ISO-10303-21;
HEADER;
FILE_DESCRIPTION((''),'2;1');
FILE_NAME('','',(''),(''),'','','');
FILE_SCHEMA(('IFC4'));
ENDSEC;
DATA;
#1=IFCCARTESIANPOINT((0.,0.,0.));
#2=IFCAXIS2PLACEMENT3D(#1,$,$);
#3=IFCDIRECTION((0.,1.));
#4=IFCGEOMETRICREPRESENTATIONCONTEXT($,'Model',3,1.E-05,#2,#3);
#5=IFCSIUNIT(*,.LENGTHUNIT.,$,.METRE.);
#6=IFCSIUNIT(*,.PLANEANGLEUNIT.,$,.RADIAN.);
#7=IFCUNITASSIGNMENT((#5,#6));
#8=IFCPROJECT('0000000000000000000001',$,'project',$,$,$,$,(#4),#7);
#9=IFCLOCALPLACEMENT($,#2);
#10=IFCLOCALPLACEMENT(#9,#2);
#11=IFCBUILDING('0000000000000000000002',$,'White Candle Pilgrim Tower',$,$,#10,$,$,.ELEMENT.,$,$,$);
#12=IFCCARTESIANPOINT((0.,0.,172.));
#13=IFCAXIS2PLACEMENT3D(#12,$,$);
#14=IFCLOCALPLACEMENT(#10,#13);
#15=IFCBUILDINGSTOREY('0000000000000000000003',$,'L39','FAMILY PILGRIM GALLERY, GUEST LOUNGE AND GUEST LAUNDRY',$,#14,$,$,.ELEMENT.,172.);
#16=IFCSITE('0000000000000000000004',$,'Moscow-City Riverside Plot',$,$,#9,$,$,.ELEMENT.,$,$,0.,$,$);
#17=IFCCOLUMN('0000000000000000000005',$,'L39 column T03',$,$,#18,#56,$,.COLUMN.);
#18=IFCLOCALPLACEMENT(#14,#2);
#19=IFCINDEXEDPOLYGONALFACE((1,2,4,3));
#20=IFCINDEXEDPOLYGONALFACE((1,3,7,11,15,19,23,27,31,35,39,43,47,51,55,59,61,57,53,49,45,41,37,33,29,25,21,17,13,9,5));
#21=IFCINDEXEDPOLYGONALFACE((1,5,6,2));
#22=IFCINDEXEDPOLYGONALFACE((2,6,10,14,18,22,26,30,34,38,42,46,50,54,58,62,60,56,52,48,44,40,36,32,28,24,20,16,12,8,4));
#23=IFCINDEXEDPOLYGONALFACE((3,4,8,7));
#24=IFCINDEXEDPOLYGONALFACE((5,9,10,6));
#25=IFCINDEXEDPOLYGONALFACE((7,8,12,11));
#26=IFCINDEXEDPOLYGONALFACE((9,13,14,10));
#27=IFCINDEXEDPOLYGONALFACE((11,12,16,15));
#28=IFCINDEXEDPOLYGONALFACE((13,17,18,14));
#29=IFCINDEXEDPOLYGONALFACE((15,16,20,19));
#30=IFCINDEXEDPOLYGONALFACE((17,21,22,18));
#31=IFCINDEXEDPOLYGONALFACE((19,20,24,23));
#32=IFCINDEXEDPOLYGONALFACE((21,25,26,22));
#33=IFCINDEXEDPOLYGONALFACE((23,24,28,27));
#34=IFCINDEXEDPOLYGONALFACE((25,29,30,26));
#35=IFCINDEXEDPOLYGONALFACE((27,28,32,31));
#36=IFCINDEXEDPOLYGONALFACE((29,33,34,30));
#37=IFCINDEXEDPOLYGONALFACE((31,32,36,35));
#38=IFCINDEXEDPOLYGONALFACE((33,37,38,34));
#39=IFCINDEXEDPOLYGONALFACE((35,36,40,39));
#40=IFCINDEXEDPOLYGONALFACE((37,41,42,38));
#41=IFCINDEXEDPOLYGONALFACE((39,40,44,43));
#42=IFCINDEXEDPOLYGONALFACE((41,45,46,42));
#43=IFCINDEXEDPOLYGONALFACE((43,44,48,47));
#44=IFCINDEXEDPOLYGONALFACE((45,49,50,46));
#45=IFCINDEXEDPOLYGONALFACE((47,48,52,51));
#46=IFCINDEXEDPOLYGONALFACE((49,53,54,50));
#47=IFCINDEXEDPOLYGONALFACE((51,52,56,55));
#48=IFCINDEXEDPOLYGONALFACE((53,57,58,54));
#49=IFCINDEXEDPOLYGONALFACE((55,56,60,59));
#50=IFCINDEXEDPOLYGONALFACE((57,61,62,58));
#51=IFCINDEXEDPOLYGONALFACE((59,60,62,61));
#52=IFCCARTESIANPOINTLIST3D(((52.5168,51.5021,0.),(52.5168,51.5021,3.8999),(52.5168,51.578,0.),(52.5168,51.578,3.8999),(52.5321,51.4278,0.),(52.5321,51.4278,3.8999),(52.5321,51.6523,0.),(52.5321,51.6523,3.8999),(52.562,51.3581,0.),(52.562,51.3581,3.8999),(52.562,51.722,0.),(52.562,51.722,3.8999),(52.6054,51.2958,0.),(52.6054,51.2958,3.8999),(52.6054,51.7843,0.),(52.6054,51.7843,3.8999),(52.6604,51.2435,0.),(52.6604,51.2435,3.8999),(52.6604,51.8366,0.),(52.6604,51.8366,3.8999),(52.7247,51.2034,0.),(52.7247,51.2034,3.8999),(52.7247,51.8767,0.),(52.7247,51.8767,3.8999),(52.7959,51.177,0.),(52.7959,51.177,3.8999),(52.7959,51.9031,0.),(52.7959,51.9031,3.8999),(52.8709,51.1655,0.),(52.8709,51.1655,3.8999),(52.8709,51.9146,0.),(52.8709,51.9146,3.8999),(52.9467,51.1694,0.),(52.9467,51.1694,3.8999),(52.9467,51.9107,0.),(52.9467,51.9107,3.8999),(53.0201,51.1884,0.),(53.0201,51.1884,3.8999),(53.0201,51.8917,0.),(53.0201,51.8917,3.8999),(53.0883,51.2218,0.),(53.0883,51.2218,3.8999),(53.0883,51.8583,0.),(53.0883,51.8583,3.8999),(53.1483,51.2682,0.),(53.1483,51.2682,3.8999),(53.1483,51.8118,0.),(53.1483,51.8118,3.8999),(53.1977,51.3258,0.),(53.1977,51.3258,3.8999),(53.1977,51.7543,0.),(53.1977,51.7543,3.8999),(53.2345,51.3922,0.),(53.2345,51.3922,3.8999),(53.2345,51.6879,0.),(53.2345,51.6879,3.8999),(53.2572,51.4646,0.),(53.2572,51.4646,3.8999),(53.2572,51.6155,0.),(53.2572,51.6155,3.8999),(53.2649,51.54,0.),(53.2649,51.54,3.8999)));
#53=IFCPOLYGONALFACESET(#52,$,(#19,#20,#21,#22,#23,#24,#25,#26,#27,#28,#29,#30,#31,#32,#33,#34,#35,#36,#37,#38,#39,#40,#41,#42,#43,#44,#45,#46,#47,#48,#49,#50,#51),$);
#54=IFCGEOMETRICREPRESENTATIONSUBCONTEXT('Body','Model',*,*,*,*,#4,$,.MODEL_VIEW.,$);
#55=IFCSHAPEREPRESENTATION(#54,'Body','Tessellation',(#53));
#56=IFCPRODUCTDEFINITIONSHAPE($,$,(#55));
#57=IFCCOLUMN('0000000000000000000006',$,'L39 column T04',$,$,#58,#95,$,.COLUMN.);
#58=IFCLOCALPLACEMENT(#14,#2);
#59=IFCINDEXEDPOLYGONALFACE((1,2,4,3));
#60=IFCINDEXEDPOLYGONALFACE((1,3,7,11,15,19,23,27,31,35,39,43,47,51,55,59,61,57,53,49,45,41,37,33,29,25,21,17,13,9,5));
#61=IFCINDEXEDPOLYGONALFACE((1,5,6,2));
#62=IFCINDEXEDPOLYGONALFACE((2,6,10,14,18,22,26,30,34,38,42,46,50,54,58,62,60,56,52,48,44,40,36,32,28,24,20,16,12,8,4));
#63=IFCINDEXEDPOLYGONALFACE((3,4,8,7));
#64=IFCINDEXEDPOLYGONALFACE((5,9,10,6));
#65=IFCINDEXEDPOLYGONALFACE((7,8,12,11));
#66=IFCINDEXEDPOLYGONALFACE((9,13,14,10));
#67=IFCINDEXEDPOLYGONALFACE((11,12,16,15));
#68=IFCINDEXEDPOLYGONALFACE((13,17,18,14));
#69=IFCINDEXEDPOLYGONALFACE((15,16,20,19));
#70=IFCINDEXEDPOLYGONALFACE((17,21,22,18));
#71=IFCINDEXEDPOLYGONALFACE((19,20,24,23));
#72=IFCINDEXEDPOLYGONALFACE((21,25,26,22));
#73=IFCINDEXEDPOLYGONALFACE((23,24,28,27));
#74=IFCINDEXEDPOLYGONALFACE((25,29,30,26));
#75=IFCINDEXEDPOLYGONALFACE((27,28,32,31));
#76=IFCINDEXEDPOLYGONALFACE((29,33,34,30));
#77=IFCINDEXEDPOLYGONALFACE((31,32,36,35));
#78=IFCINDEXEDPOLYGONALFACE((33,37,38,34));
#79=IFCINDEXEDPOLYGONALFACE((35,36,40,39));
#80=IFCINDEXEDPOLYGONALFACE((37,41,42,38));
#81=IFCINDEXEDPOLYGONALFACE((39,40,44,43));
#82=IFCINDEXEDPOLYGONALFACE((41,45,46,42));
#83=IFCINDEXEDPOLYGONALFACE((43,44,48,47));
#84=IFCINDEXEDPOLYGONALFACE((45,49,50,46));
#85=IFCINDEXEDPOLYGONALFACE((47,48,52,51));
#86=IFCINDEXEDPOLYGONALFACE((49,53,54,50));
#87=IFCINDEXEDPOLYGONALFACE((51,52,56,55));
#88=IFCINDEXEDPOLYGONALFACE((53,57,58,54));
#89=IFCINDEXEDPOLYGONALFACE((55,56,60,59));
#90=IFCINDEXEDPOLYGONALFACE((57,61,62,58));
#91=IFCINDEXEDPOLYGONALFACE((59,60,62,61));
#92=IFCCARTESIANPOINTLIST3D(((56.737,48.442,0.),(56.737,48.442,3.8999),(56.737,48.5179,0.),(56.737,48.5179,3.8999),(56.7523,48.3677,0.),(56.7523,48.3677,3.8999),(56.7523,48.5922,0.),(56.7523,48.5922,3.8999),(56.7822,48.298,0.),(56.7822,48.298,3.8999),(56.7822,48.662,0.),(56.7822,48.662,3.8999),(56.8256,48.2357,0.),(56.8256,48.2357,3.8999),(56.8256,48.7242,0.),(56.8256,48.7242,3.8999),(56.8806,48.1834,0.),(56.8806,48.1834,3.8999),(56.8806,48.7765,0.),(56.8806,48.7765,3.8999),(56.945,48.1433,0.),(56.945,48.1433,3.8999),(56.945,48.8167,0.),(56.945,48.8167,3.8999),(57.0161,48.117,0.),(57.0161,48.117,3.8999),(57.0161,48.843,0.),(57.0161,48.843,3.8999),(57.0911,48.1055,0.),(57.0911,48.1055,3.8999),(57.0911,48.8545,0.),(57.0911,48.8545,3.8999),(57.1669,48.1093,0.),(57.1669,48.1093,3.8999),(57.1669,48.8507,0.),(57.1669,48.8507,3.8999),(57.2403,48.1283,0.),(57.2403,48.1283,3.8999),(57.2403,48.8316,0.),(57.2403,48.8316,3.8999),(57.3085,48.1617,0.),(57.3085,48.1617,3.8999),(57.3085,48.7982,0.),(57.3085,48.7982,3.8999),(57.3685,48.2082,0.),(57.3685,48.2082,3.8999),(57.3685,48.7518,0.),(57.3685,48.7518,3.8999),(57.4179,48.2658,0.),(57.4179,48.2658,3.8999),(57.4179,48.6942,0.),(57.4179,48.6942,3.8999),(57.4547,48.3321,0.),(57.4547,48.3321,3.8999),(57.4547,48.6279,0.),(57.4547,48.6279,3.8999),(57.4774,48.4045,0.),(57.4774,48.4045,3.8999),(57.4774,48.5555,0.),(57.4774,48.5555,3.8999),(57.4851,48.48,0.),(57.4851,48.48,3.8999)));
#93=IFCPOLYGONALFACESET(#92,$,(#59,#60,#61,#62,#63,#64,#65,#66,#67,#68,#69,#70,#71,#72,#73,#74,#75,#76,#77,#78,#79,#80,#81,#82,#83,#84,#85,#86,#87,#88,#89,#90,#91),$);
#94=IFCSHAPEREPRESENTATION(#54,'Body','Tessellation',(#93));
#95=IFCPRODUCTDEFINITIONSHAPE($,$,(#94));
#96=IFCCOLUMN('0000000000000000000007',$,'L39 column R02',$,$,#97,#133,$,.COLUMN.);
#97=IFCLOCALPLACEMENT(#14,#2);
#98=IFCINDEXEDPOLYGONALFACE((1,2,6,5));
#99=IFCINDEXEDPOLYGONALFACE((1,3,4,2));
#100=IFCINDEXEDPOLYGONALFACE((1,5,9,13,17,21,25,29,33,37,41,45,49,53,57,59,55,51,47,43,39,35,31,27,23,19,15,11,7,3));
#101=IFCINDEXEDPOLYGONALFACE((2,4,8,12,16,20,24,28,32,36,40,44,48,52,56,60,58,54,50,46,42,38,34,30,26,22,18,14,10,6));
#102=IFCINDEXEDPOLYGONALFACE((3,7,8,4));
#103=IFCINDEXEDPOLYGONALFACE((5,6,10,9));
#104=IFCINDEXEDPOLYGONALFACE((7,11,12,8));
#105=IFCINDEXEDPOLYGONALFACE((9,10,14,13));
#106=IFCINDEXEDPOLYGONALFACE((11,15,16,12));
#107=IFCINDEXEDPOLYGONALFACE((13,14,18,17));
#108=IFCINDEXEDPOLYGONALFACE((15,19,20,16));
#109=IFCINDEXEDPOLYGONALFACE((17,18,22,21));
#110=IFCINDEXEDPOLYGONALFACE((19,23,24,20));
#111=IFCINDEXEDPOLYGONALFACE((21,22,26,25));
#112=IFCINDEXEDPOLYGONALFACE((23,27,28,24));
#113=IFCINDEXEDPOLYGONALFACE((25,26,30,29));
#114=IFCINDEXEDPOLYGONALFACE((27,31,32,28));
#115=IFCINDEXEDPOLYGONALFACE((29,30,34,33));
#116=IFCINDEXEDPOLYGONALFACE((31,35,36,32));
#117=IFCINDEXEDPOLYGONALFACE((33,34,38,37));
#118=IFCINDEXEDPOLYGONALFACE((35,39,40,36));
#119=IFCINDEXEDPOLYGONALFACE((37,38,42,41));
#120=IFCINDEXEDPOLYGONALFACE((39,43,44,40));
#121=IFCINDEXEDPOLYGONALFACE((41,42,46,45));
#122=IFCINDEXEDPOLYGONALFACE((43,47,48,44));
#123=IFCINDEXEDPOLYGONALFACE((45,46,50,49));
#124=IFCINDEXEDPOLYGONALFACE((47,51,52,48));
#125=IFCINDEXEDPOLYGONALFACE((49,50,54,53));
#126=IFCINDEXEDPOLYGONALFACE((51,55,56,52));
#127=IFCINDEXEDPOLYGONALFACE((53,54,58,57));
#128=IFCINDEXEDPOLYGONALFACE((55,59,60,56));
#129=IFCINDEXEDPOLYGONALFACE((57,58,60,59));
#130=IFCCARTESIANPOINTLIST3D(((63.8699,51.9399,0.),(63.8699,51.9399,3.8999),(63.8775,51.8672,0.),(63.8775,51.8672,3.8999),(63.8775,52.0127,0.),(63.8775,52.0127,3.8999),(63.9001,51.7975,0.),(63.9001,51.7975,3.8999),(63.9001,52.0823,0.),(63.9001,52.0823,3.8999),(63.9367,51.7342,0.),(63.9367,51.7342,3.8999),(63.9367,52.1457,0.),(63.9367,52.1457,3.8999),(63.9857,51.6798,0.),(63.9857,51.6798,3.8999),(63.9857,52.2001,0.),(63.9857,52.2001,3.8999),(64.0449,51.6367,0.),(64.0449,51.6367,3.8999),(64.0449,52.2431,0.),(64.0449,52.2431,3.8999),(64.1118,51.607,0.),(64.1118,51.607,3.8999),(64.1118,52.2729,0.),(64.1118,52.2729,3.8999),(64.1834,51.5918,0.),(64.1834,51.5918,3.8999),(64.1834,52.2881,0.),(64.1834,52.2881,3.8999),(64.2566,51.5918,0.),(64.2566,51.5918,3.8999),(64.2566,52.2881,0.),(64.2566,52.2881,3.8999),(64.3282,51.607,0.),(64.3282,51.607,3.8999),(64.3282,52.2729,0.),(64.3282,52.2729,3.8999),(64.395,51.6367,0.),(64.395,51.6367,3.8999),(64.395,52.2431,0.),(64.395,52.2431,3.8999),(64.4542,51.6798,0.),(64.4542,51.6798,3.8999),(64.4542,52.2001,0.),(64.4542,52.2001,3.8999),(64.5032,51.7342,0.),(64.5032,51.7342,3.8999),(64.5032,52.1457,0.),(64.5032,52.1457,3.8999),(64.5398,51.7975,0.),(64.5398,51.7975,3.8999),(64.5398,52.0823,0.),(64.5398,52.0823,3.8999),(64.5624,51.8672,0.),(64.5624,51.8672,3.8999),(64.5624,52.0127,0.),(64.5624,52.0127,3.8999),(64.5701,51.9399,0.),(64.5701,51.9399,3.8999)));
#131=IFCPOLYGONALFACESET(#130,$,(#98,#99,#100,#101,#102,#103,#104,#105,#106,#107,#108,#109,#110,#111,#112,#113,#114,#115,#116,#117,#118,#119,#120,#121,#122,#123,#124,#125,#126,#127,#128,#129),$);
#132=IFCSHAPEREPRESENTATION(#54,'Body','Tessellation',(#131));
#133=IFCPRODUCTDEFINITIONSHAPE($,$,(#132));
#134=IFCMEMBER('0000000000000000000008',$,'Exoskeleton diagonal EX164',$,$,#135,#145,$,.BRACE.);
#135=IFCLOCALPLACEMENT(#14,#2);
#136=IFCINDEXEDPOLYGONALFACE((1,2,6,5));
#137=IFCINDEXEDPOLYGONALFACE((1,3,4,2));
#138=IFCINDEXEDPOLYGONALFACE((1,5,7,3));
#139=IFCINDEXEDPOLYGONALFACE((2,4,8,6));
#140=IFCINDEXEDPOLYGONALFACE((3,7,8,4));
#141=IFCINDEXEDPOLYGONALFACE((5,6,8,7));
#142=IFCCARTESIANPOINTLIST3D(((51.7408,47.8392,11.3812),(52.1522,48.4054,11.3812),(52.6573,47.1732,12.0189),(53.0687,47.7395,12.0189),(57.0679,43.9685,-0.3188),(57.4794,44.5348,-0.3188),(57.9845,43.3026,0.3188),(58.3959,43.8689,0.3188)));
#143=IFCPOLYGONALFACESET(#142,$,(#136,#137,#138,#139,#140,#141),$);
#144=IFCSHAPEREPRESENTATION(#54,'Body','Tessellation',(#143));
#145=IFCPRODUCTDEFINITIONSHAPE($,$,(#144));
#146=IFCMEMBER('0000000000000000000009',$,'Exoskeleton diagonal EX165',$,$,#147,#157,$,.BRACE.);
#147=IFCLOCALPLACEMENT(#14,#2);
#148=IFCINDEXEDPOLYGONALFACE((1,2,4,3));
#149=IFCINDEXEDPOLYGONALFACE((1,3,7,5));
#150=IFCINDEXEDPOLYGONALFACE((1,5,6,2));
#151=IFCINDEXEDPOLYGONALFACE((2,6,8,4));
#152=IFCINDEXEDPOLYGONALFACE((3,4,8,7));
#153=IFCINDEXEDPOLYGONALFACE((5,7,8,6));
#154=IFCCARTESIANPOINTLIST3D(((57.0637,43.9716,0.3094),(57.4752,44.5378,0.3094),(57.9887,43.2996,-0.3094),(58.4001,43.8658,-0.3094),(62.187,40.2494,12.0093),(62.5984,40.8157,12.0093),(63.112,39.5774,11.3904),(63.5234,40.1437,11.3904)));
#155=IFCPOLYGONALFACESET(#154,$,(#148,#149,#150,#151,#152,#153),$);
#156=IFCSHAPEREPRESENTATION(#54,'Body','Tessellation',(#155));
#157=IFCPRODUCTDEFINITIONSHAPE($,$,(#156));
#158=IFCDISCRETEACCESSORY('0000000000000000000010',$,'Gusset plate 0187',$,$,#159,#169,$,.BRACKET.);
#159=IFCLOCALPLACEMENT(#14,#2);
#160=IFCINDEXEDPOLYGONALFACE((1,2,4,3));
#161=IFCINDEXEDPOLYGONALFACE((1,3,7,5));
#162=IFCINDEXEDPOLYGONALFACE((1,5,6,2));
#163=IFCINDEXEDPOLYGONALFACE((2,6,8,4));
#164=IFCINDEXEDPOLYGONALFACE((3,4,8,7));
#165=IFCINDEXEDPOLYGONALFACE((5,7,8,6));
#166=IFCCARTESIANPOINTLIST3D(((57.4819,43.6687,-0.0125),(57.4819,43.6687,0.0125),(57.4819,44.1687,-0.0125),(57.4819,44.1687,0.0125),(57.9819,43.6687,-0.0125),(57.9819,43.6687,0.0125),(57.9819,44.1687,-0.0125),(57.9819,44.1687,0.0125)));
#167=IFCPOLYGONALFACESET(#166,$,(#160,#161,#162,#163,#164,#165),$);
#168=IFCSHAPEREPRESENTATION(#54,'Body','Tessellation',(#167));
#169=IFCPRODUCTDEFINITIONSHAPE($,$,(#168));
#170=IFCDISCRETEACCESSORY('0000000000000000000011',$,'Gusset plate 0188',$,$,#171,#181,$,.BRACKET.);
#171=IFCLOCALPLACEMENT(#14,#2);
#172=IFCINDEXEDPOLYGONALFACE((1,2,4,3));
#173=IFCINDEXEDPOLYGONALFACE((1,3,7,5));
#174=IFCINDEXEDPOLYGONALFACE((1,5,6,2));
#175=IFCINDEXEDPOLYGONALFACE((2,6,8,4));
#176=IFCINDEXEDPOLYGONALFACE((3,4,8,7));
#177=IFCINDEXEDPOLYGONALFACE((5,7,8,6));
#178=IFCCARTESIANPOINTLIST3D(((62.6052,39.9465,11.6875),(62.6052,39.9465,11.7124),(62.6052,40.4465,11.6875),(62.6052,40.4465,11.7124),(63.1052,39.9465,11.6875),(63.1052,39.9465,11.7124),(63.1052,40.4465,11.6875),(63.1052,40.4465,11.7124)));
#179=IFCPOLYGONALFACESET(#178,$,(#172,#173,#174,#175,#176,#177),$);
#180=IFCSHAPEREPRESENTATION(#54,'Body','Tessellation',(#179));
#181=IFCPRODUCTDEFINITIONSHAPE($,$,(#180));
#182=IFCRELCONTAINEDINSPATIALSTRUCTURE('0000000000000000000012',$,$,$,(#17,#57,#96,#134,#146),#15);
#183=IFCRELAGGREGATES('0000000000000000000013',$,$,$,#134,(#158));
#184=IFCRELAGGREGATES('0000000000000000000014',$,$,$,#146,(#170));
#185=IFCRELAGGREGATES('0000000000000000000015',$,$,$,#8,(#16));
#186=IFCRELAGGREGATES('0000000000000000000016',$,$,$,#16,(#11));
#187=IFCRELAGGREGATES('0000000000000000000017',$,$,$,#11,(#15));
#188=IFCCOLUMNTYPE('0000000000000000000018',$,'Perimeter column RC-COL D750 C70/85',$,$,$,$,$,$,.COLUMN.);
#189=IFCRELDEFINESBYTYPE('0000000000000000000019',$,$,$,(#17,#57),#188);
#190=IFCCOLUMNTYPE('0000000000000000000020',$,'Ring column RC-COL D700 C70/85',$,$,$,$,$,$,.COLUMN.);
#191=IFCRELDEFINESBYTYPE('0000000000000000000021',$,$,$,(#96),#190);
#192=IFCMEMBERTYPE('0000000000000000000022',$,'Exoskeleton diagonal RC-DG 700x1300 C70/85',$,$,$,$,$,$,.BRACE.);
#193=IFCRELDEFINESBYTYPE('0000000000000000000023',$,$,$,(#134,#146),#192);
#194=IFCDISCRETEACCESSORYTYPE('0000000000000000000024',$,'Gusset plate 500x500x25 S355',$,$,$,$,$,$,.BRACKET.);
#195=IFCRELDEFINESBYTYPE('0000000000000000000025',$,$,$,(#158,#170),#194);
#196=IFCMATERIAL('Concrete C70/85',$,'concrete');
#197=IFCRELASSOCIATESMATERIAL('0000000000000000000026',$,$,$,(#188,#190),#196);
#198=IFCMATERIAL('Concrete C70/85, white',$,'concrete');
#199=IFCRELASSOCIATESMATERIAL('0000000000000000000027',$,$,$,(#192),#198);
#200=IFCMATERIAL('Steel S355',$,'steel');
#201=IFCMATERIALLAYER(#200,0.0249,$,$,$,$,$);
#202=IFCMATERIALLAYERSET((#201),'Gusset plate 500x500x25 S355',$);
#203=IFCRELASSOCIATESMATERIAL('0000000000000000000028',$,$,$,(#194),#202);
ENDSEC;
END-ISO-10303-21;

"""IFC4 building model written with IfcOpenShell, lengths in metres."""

from ifc_helpers import new_model, si_unit, direction, frame, origin, origin_2d, place, context, subcontext, project, spatial, rectangle, circle, extrude, material, layer, layer_set, material_profile, profile_set, type_object, element, aggregate, save


model = new_model("IFC4")

# Units and contexts
model_context = context("Model", 3, precision=1e-05, world=origin(), true_north=direction((0.0, 1.0)))
body_context = subcontext(model_context, "Body", "Model", "MODEL_VIEW")
ifc_project = project(units=[si_unit("LENGTHUNIT", "METRE"), si_unit("PLANEANGLEUNIT", "RADIAN")], contexts=[model_context])

# Site, building, storey
site_placement = place(None, origin())
site = spatial("IfcSite", under=ifc_project, at=site_placement, Name="Moscow-City Riverside Plot", CompositionType="ELEMENT", RefElevation=0.0)
building_placement = place(site_placement, origin())
building = spatial("IfcBuilding", under=site, at=building_placement, Name="White Candle Pilgrim Tower", CompositionType="ELEMENT")
storey_placement = place(building_placement, frame((0.0, 0.0, 172.0)))
storey = spatial("IfcBuildingStorey", under=building, at=storey_placement, Name="L39", Description="FAMILY PILGRIM GALLERY, GUEST LOUNGE AND GUEST LAUNDRY", CompositionType="ELEMENT", Elevation=172.0)

# Columns
ifc_material_1 = material(Name="Concrete C70/85", Category="concrete")
ifc_material_profile_1 = material_profile(ifc_material_1, circle(Radius=0.375, at=origin_2d()), Name="RC-COL D750")
ifc_profile_set_1 = profile_set([ifc_material_profile_1], Name="Concrete C70/85")
column_type_1 = type_object("IfcColumnType", Name="Perimeter column RC-COL D750 C70/85", PredefinedType="COLUMN", material=ifc_profile_set_1)
for number, where, z_axis, x_axis, name in (
    (1, (52.8899, 51.54, 0.0), (0.0, 0.0, 1.0), (1.0, 0.0, 0.0), "L39 column T03"),
    (2, (57.1101, 48.48, 0.0), (0.0, 0.0, 1.0), (1.0, 0.0, 0.0), "L39 column T04"),
):
    element("IfcColumn", number, at=place(storey_placement, frame(where, z_axis=z_axis, x_axis=x_axis)), inside=storey, type_object=column_type_1, Name=name, PredefinedType="COLUMN", context=body_context, shape_type="SweptSolid", body=[
        extrude(circle(Radius=0.375, at=origin_2d()), origin(), (0.0, 0.0, 1.0), 3.8999),
    ])
ifc_material_profile_2 = material_profile(ifc_material_1, circle(Radius=0.3501, at=origin_2d()), Name="RC-COL D700")
ifc_profile_set_2 = profile_set([ifc_material_profile_2], Name="Concrete C70/85")
column_type_2 = type_object("IfcColumnType", Name="Ring column RC-COL D700 C70/85", PredefinedType="COLUMN", material=ifc_profile_set_2)
column_placement = place(storey_placement, frame((64.22, 51.9399, 0.0), z_axis=(0.0, 0.0, 1.0), x_axis=(1.0, 0.0, 0.0)))
element("IfcColumn", 3, at=column_placement, inside=storey, type_object=column_type_2, Name="L39 column R02", PredefinedType="COLUMN", context=body_context, shape_type="SweptSolid", body=[
    extrude(circle(Radius=0.3501, at=origin_2d()), origin(), (0.0, 0.0, 1.0), 3.8999),
])

# Members
ifc_material_2 = material(Name="Concrete C70/85, white", Category="concrete")
ifc_material_profile_3 = material_profile(ifc_material_2, rectangle(XDim=0.7, YDim=1.3, at=origin_2d()), Name="RC-DG 700x1300")
ifc_profile_set_3 = profile_set([ifc_material_profile_3], Name="Concrete C70/85, white")
member_type_1 = type_object("IfcMemberType", Name="Exoskeleton diagonal RC-DG 700x1300 C70/85", PredefinedType="BRACE", material=ifc_profile_set_3)
member_1_placement = place(storey_placement, frame((57.7319, 43.9187, 0.0), z_axis=(-0.396788, 0.288299, 0.87146), x_axis=(-0.587806, -0.809002, 0.0)))
member_1 = element("IfcMember", 4, at=member_1_placement, inside=storey, type_object=member_type_1, Name="Exoskeleton diagonal EX164", PredefinedType="BRACE", context=body_context, shape_type="SweptSolid", body=[
    extrude(rectangle(XDim=0.7, YDim=1.3, at=origin_2d()), origin(), (0.0, 0.0, 1.0), 13.4258),
])
member_2_placement = place(storey_placement, frame((57.7319, 43.9187, 0.0), z_axis=(0.385099, -0.279782, 0.879443), x_axis=(0.587773, 0.809026, 0.0)))
member_2 = element("IfcMember", 5, at=member_2_placement, inside=storey, type_object=member_type_1, Name="Exoskeleton diagonal EX165", PredefinedType="BRACE", context=body_context, shape_type="SweptSolid", body=[
    extrude(rectangle(XDim=0.7, YDim=1.3, at=origin_2d()), origin(), (0.0, 0.0, 1.0), 13.3037),
])

# Discrete accessories
ifc_material_3 = material(Name="Steel S355", Category="steel")
ifc_layer_1 = layer(ifc_material_3, 0.0249)
ifc_layer_set_1 = layer_set([ifc_layer_1], Name="Gusset plate 500x500x25 S355")
discrete_accessory_type = type_object("IfcDiscreteAccessoryType", Name="Gusset plate 500x500x25 S355", PredefinedType="BRACKET", material=ifc_layer_set_1)
discrete_accessory_1_placement = place(storey_placement, frame((57.7319, 43.9187, -0.0125), z_axis=(0.0, 0.0, 1.0), x_axis=(1.0, 0.0, 0.0)))
discrete_accessory_1 = element("IfcDiscreteAccessory", 6, at=discrete_accessory_1_placement, type_object=discrete_accessory_type, Name="Gusset plate 0187", PredefinedType="BRACKET", context=body_context, shape_type="SweptSolid", body=[
    extrude(rectangle(XDim=0.5, YDim=0.5, at=origin_2d()), origin(), (0.0, 0.0, 1.0), 0.0249),
])
aggregate(member_1, [discrete_accessory_1])
placement = place(building_placement, frame((0.0, 0.0, 183.7)))
discrete_accessory_2_placement = place(placement, frame((62.8552, 40.1965, -0.0125), z_axis=(0.0, 0.0, 1.0), x_axis=(1.0, 0.0, 0.0)))
discrete_accessory_2 = element("IfcDiscreteAccessory", 7, at=discrete_accessory_2_placement, type_object=discrete_accessory_type, Name="Gusset plate 0188", PredefinedType="BRACKET", context=body_context, shape_type="SweptSolid", body=[
    extrude(rectangle(XDim=0.5, YDim=0.5, at=origin_2d()), origin(), (0.0, 0.0, 1.0), 0.0249),
])
aggregate(member_2, [discrete_accessory_2])

save(model, "model.ifc")
